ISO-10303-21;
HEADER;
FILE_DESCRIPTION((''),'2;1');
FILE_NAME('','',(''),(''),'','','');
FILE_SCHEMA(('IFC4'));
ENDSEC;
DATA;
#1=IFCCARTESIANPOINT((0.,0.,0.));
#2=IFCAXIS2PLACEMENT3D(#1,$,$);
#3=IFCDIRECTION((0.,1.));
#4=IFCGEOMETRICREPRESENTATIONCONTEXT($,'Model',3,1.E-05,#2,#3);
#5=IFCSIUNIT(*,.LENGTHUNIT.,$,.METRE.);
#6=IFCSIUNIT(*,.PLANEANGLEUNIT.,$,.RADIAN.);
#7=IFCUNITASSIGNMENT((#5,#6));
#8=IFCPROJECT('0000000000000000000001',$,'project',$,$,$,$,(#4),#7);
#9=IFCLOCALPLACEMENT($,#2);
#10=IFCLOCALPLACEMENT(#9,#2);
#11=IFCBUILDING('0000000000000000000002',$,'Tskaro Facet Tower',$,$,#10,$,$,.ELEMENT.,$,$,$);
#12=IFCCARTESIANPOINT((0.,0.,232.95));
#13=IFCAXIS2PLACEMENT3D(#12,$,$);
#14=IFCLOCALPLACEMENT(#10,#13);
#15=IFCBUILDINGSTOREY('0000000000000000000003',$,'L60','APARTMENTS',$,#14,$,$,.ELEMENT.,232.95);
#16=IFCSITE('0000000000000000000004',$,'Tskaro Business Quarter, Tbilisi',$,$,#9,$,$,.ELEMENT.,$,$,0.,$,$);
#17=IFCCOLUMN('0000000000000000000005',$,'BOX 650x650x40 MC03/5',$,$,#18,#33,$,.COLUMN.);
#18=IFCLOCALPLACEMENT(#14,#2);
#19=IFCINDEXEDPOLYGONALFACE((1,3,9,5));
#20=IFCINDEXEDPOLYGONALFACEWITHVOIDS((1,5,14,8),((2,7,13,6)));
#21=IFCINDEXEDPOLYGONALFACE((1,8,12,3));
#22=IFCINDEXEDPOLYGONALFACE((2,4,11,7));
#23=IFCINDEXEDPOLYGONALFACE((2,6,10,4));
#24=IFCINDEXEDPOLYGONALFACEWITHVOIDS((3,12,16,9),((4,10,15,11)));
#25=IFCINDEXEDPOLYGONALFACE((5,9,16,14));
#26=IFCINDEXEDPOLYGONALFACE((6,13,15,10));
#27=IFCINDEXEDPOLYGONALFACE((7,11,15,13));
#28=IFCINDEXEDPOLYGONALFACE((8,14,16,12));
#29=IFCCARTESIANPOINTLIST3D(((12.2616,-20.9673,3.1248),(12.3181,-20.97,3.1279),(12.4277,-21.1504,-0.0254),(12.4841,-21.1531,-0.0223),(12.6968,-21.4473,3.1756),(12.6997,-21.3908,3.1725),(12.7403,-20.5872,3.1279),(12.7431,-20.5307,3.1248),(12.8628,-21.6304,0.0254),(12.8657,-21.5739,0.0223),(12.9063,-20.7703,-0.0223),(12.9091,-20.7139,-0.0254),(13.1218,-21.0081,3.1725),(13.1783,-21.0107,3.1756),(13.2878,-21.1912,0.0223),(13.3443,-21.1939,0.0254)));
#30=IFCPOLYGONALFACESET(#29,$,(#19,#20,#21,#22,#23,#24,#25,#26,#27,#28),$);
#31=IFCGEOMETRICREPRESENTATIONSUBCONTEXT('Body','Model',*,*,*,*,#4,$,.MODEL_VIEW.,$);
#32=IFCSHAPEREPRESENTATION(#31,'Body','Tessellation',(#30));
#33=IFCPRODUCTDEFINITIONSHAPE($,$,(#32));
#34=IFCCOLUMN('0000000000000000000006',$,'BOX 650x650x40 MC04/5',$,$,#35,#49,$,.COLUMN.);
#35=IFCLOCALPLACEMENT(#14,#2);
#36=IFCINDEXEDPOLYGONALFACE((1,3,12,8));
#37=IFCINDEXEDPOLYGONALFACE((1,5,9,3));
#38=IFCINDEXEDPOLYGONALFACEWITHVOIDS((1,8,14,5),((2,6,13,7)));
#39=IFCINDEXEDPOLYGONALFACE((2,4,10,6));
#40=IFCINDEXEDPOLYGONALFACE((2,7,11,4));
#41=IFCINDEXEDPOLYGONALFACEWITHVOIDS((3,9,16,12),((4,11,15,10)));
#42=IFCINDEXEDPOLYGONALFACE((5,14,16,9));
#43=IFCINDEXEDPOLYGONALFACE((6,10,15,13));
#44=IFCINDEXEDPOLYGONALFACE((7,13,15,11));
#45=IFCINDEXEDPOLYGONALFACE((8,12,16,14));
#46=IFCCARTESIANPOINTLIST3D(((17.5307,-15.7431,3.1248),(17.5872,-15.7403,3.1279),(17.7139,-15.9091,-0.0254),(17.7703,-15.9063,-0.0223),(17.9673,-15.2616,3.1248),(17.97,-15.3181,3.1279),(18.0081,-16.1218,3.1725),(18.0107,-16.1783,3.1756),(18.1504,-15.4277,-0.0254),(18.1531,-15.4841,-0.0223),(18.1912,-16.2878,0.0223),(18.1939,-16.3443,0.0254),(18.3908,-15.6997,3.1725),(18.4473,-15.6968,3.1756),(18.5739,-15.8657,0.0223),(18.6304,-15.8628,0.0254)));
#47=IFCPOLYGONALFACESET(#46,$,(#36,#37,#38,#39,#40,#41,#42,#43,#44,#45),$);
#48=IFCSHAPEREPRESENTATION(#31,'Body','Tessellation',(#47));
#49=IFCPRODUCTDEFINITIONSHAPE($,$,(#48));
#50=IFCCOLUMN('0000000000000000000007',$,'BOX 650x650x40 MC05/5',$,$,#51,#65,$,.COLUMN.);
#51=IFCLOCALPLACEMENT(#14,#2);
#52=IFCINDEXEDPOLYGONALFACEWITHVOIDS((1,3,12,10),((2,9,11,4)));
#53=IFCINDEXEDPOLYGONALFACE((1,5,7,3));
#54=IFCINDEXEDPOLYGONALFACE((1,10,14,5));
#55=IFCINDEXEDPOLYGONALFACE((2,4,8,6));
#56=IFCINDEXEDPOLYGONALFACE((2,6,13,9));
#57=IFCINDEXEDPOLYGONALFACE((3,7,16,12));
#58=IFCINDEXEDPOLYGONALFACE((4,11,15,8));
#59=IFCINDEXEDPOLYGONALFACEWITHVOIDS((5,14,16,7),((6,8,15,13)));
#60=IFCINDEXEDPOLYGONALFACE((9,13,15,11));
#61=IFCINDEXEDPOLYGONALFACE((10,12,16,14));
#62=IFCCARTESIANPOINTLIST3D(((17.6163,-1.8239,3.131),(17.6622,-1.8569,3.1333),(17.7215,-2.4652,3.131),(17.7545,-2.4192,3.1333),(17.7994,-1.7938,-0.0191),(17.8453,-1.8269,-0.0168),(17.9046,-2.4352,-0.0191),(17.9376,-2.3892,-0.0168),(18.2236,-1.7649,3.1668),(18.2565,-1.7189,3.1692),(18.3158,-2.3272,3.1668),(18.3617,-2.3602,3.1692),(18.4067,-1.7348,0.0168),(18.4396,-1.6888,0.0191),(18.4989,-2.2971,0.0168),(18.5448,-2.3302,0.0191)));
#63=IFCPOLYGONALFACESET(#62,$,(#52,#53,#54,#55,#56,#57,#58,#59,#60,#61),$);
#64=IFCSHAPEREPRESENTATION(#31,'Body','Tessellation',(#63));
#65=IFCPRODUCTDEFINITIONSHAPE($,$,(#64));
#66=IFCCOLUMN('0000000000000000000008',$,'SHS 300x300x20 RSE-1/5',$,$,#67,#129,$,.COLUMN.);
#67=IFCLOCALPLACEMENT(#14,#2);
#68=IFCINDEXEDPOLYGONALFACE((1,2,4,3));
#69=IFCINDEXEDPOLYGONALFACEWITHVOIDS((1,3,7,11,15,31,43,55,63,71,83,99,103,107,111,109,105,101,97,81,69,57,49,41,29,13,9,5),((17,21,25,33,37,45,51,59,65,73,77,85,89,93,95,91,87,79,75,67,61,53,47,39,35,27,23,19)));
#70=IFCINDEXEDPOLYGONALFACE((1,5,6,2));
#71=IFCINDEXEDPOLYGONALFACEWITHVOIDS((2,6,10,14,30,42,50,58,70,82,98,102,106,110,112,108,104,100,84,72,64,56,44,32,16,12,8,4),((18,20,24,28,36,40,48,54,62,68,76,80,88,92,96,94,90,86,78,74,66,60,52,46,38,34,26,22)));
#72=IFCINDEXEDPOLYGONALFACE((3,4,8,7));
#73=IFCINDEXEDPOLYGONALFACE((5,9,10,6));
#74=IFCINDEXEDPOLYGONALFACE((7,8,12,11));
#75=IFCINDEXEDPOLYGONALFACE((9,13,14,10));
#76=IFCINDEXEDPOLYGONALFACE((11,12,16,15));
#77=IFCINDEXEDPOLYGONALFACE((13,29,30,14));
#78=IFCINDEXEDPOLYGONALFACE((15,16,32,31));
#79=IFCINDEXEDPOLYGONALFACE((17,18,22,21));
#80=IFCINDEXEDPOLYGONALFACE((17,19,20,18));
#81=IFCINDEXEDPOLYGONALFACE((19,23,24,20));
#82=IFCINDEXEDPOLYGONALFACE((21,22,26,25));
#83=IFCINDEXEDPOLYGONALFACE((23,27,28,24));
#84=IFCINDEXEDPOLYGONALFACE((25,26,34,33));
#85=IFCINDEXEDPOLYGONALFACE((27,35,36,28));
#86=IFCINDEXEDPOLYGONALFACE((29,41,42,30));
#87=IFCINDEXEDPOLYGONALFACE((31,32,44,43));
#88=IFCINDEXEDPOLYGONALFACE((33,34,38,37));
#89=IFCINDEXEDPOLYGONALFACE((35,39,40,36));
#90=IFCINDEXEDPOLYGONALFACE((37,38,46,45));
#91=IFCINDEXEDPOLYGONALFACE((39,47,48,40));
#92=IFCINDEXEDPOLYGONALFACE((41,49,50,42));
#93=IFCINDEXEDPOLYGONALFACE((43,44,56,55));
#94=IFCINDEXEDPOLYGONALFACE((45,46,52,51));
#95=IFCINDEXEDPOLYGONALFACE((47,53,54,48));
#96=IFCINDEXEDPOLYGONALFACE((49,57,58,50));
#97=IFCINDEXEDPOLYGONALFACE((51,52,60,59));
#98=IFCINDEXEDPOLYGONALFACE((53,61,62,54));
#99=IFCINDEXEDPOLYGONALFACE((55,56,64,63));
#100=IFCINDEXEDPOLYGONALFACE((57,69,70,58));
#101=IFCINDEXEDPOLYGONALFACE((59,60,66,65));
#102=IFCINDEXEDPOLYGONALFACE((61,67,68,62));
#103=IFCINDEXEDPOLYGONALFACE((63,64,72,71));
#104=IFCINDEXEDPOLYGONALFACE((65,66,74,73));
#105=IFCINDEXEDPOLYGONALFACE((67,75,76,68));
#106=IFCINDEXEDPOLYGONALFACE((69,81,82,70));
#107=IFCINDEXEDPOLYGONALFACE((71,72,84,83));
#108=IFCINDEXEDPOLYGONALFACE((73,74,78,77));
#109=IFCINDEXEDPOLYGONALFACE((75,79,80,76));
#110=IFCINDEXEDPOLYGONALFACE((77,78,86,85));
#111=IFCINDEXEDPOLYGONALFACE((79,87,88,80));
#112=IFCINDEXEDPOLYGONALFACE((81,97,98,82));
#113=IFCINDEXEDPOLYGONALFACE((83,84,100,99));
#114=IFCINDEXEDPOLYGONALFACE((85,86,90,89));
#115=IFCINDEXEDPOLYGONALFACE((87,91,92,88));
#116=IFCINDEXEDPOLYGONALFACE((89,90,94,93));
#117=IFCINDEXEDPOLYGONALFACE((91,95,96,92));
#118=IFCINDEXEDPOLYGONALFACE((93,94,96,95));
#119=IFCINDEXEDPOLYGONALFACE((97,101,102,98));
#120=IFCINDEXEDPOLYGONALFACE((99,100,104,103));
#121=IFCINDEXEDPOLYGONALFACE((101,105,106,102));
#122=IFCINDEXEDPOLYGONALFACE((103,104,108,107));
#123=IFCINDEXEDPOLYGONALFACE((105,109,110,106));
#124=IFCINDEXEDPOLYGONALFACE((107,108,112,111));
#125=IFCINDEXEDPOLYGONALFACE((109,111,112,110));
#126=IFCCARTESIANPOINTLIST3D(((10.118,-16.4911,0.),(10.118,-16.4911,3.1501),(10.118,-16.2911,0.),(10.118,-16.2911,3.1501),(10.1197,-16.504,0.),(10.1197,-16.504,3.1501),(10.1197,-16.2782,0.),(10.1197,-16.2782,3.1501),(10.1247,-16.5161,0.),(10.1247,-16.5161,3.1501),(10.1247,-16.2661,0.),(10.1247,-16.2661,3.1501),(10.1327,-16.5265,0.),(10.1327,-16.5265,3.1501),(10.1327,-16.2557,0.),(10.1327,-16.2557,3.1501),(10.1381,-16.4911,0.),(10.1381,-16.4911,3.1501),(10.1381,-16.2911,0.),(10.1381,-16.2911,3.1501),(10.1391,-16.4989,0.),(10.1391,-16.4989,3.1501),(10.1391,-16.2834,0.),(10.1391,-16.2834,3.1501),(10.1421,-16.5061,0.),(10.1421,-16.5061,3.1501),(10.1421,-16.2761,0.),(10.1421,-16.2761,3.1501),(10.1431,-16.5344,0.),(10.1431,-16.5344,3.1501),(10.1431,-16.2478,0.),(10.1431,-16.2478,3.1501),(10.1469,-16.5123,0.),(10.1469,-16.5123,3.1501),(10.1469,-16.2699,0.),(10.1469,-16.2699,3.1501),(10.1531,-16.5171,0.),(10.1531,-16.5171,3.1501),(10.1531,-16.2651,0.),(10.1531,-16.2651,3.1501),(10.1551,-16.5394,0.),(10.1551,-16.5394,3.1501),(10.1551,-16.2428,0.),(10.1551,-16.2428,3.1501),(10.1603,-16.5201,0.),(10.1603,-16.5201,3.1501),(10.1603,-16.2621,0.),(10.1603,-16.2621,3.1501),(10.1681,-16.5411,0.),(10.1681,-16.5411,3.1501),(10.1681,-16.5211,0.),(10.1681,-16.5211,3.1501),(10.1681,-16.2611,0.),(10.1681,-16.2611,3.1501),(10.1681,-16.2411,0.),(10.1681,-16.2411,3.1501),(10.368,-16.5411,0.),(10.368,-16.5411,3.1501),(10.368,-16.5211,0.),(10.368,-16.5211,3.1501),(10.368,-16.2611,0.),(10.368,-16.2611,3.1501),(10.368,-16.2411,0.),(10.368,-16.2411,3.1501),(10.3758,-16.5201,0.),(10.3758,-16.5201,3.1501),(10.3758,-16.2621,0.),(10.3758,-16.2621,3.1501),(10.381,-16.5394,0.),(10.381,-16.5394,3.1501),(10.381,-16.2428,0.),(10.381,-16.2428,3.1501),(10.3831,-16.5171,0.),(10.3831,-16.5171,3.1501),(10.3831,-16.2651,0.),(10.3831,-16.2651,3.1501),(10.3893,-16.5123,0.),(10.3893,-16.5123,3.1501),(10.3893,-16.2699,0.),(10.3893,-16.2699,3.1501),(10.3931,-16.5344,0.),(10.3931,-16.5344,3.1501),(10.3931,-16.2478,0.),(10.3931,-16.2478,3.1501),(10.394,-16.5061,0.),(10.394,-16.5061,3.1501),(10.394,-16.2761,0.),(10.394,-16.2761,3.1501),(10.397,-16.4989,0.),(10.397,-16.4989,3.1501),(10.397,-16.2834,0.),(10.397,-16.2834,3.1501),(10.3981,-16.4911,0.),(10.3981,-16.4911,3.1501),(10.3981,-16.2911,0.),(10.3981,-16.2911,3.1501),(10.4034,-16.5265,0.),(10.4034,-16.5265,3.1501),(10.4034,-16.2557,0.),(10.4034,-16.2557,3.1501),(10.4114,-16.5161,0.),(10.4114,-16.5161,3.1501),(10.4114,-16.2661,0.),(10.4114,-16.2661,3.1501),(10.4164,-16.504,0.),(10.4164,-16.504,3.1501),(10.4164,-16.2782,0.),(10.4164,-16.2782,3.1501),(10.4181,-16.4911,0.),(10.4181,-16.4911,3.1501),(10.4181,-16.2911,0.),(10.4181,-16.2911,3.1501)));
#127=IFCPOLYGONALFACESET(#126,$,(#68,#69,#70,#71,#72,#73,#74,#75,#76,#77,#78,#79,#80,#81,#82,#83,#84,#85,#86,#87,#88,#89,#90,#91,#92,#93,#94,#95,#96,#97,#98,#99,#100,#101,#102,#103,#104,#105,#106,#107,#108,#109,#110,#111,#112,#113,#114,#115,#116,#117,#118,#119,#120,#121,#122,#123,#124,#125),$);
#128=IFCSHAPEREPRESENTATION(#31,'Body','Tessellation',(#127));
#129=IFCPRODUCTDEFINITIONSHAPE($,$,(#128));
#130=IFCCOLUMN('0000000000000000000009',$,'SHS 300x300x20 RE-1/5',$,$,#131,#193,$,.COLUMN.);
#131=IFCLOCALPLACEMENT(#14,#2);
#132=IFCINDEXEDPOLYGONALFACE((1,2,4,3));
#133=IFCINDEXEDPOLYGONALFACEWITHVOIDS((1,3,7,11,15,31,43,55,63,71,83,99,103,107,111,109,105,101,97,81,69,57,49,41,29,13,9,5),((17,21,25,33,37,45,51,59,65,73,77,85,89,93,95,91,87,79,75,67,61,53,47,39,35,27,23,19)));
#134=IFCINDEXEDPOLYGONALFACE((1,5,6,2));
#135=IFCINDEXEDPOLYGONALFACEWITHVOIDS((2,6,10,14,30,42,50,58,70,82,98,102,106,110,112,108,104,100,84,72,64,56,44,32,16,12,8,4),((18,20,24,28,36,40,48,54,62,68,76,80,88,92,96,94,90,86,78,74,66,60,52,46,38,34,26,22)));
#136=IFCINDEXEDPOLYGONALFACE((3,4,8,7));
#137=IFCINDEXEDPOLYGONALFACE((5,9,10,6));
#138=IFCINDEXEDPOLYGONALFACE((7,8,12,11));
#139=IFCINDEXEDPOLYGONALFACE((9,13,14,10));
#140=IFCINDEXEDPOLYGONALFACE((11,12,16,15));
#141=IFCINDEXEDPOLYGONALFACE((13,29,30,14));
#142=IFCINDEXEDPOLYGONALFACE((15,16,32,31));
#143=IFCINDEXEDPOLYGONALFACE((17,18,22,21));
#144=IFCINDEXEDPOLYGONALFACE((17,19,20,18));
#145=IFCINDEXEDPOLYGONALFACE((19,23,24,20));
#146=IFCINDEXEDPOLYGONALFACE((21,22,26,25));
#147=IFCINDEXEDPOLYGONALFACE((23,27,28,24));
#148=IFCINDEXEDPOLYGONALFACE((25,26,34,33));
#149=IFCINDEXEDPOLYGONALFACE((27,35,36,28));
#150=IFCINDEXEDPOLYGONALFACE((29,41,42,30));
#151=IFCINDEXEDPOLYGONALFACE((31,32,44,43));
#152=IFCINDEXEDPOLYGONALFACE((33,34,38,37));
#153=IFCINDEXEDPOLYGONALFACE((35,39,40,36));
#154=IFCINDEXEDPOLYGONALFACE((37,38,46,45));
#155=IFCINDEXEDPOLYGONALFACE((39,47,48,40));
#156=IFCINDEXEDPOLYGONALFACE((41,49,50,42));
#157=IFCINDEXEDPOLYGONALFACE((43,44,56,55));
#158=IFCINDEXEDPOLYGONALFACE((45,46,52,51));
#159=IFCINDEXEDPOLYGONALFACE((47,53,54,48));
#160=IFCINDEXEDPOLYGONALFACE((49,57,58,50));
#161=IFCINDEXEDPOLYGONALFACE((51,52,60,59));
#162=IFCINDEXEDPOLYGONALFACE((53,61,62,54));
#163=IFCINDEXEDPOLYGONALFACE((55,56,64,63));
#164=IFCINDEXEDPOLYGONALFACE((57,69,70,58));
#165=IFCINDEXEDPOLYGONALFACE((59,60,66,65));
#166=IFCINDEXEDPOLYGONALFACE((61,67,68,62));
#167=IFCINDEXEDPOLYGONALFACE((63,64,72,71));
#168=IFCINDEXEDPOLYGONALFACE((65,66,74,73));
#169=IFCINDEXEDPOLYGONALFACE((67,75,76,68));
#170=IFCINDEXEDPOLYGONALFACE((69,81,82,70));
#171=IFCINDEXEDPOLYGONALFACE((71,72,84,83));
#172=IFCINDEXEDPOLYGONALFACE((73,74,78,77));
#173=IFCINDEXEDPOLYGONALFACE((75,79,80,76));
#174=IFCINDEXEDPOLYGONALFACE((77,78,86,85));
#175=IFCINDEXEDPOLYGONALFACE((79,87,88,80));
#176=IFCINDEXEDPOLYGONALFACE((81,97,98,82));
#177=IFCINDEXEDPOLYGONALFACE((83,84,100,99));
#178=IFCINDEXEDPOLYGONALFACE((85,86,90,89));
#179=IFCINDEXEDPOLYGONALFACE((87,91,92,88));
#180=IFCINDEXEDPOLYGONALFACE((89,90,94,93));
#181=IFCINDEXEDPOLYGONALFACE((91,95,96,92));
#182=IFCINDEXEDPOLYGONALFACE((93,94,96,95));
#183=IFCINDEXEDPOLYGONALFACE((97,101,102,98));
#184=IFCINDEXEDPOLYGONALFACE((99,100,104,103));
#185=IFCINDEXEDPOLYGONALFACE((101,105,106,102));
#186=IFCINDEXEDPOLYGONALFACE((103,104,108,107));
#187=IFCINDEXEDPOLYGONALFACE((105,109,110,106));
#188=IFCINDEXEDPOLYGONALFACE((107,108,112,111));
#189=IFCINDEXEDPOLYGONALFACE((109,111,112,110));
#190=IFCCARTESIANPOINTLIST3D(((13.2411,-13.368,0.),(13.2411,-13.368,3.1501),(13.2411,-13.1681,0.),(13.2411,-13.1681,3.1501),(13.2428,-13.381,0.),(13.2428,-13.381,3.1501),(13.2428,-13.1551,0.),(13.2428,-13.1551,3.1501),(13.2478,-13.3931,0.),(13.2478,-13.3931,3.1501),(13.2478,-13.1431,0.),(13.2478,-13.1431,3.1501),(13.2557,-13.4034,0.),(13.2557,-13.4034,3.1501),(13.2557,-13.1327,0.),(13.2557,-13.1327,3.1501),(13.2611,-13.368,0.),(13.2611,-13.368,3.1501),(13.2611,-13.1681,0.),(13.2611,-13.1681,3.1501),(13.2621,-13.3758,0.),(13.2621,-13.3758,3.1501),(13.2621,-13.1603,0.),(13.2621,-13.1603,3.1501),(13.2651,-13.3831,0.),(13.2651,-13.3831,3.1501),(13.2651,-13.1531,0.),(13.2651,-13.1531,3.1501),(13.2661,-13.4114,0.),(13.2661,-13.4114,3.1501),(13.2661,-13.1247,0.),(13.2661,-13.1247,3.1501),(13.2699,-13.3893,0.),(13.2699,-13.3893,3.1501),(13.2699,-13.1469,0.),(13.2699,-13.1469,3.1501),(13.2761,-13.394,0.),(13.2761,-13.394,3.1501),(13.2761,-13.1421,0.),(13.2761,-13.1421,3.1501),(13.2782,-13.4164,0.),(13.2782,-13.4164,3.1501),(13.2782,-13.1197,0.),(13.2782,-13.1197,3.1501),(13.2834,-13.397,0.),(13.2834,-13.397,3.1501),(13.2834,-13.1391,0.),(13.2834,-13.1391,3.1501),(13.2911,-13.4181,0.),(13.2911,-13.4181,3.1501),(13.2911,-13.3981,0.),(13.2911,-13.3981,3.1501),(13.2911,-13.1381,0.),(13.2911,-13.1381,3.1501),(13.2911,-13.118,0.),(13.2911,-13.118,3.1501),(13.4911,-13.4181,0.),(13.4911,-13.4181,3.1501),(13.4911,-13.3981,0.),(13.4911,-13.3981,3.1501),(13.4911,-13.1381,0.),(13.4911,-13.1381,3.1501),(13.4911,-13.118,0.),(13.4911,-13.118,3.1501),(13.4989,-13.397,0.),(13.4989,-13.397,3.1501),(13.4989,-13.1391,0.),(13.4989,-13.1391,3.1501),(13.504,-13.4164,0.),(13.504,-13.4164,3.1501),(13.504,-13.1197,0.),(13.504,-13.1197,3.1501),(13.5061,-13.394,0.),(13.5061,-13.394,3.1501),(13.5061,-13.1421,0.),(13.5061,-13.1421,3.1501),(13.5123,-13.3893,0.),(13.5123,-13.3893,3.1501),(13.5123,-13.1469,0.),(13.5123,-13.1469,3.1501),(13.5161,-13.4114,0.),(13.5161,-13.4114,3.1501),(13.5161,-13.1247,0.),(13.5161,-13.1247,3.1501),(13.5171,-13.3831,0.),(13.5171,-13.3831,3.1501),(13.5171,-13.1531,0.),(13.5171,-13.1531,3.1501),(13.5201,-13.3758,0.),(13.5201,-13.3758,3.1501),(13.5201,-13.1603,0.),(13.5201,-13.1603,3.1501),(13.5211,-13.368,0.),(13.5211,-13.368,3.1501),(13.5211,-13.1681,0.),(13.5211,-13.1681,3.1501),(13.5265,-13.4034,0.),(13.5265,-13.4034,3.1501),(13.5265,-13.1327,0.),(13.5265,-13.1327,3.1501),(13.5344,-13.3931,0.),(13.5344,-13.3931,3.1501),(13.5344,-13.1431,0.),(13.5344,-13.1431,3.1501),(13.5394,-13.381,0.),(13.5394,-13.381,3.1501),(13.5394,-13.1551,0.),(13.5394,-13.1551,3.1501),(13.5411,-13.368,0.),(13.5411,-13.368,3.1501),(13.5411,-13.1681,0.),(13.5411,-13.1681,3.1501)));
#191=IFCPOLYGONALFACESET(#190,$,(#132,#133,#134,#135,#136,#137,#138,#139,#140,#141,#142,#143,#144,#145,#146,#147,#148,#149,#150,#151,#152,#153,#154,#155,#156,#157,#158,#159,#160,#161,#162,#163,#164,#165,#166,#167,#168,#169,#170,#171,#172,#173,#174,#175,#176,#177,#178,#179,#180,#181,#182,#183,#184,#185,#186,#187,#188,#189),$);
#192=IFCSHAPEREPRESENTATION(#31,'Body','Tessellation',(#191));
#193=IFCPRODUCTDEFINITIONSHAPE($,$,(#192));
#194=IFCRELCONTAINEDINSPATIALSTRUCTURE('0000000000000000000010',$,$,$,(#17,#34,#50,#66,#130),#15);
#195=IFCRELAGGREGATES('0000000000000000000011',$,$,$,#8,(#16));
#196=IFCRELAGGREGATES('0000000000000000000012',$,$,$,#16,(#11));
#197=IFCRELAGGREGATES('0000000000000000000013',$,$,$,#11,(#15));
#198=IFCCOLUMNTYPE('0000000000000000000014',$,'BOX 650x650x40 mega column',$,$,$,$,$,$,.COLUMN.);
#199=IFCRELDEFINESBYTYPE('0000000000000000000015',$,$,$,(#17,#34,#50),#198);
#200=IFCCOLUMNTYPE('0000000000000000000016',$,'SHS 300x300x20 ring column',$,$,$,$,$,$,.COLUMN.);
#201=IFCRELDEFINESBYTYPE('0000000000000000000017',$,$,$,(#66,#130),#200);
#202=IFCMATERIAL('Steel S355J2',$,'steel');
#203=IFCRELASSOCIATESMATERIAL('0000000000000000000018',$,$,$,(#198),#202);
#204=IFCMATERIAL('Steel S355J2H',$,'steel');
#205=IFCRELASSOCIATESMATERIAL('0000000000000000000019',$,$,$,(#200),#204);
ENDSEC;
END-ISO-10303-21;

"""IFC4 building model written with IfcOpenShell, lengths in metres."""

from ifc_helpers import new_model, si_unit, direction, frame, origin, origin_2d, place, context, subcontext, project, spatial, hollow_rectangle, extrude, material, material_profile, profile_set, type_object, element, save


model = new_model("IFC4")

# Units and contexts
model_context = context("Model", 3, precision=1e-05, world=origin(), true_north=direction((0.0, 1.0)))
body_context = subcontext(model_context, "Body", "Model", "MODEL_VIEW")
ifc_project = project(units=[si_unit("LENGTHUNIT", "METRE"), si_unit("PLANEANGLEUNIT", "RADIAN")], contexts=[model_context])

# Site, building, storey
site_placement = place(None, origin())
site = spatial("IfcSite", under=ifc_project, at=site_placement, Name="Tskaro Business Quarter, Tbilisi", CompositionType="ELEMENT", RefElevation=0.0)
building_placement = place(site_placement, origin())
building = spatial("IfcBuilding", under=site, at=building_placement, Name="Tskaro Facet Tower", CompositionType="ELEMENT")
storey_placement = place(building_placement, frame((0.0, 0.0, 232.95)))
storey = spatial("IfcBuildingStorey", under=building, at=storey_placement, Name="L60", Description="APARTMENTS", CompositionType="ELEMENT", Elevation=232.95)

# Columns
ifc_material_1 = material(Name="Steel S355J2", Category="steel")
ifc_material_profile_1 = material_profile(ifc_material_1, hollow_rectangle(XDim=0.6499, YDim=0.6499, WallThickness=0.04, at=origin_2d()), Name="BOX 650x650x40")
ifc_profile_set_1 = profile_set([ifc_material_profile_1], Name="Steel S355J2")
column_type_1 = type_object("IfcColumnType", Name="BOX 650x650x40 mega column", PredefinedType="COLUMN", material=ifc_profile_set_1)
for number, where, z_axis, x_axis, name in (
    (1, (12.886, -21.1721, 0.0), (-0.052539, 0.057948, 0.996936), (-0.740833, -0.671689, 0.0), "BOX 650x650x40 MC03/5"),
    (2, (18.1721, -15.886, 0.0), (-0.057948, 0.052539, 0.996936), (-0.671689, -0.740833, 0.0), "BOX 650x650x40 MC04/5"),
):
    element("IfcColumn", number, at=place(storey_placement, frame(where, z_axis=z_axis, x_axis=x_axis)), inside=storey, type_object=column_type_1, Name=name, PredefinedType="COLUMN", context=body_context, shape_type="SweptSolid", body=[
        extrude(hollow_rectangle(XDim=0.6499, YDim=0.6499, WallThickness=0.04, at=origin_2d()), origin(), (0.0, 0.0, 1.0), 3.1599),
    ])
column_placement = place(storey_placement, frame((18.1721, -2.062, 0.0), z_axis=(-0.058025, -0.009516, 0.99827), x_axis=(0.161838, -0.986817, 0.0)))
element("IfcColumn", 3, at=column_placement, inside=storey, type_object=column_type_1, Name="BOX 650x650x40 MC05/5", PredefinedType="COLUMN", context=body_context, shape_type="SweptSolid", body=[
    extrude(hollow_rectangle(XDim=0.6499, YDim=0.6499, WallThickness=0.04, at=origin_2d()), origin(), (0.0, 0.0, 1.0), 3.1555),
])
ifc_material_2 = material(Name="Steel S355J2H", Category="steel")
ifc_material_profile_2 = material_profile(ifc_material_2, hollow_rectangle(XDim=0.3, YDim=0.3, WallThickness=0.02, InnerFilletRadius=0.03, OuterFilletRadius=0.05, at=origin_2d()), Name="SHS 300x300x20")
ifc_profile_set_2 = profile_set([ifc_material_profile_2], Name="Steel S355J2H")
column_type_2 = type_object("IfcColumnType", Name="SHS 300x300x20 ring column", PredefinedType="COLUMN", material=ifc_profile_set_2)
for number, where, z_axis, x_axis, name in (
    (4, (10.2681, -16.3911, 0.0), (0.0, 0.0, 1.0), (1.0, 0.0, 0.0), "SHS 300x300x20 RSE-1/5"),
    (5, (13.3911, -13.2681, 0.0), (0.0, 0.0, 1.0), (1.0, 0.0, 0.0), "SHS 300x300x20 RE-1/5"),
):
    element("IfcColumn", number, at=place(storey_placement, frame(where, z_axis=z_axis, x_axis=x_axis)), inside=storey, type_object=column_type_2, Name=name, PredefinedType="COLUMN", context=body_context, shape_type="SweptSolid", body=[
        extrude(hollow_rectangle(XDim=0.3, YDim=0.3, WallThickness=0.02, InnerFilletRadius=0.03, OuterFilletRadius=0.05, at=origin_2d()), origin(), (0.0, 0.0, 1.0), 3.1501),
    ])

save(model, "model.ifc")
